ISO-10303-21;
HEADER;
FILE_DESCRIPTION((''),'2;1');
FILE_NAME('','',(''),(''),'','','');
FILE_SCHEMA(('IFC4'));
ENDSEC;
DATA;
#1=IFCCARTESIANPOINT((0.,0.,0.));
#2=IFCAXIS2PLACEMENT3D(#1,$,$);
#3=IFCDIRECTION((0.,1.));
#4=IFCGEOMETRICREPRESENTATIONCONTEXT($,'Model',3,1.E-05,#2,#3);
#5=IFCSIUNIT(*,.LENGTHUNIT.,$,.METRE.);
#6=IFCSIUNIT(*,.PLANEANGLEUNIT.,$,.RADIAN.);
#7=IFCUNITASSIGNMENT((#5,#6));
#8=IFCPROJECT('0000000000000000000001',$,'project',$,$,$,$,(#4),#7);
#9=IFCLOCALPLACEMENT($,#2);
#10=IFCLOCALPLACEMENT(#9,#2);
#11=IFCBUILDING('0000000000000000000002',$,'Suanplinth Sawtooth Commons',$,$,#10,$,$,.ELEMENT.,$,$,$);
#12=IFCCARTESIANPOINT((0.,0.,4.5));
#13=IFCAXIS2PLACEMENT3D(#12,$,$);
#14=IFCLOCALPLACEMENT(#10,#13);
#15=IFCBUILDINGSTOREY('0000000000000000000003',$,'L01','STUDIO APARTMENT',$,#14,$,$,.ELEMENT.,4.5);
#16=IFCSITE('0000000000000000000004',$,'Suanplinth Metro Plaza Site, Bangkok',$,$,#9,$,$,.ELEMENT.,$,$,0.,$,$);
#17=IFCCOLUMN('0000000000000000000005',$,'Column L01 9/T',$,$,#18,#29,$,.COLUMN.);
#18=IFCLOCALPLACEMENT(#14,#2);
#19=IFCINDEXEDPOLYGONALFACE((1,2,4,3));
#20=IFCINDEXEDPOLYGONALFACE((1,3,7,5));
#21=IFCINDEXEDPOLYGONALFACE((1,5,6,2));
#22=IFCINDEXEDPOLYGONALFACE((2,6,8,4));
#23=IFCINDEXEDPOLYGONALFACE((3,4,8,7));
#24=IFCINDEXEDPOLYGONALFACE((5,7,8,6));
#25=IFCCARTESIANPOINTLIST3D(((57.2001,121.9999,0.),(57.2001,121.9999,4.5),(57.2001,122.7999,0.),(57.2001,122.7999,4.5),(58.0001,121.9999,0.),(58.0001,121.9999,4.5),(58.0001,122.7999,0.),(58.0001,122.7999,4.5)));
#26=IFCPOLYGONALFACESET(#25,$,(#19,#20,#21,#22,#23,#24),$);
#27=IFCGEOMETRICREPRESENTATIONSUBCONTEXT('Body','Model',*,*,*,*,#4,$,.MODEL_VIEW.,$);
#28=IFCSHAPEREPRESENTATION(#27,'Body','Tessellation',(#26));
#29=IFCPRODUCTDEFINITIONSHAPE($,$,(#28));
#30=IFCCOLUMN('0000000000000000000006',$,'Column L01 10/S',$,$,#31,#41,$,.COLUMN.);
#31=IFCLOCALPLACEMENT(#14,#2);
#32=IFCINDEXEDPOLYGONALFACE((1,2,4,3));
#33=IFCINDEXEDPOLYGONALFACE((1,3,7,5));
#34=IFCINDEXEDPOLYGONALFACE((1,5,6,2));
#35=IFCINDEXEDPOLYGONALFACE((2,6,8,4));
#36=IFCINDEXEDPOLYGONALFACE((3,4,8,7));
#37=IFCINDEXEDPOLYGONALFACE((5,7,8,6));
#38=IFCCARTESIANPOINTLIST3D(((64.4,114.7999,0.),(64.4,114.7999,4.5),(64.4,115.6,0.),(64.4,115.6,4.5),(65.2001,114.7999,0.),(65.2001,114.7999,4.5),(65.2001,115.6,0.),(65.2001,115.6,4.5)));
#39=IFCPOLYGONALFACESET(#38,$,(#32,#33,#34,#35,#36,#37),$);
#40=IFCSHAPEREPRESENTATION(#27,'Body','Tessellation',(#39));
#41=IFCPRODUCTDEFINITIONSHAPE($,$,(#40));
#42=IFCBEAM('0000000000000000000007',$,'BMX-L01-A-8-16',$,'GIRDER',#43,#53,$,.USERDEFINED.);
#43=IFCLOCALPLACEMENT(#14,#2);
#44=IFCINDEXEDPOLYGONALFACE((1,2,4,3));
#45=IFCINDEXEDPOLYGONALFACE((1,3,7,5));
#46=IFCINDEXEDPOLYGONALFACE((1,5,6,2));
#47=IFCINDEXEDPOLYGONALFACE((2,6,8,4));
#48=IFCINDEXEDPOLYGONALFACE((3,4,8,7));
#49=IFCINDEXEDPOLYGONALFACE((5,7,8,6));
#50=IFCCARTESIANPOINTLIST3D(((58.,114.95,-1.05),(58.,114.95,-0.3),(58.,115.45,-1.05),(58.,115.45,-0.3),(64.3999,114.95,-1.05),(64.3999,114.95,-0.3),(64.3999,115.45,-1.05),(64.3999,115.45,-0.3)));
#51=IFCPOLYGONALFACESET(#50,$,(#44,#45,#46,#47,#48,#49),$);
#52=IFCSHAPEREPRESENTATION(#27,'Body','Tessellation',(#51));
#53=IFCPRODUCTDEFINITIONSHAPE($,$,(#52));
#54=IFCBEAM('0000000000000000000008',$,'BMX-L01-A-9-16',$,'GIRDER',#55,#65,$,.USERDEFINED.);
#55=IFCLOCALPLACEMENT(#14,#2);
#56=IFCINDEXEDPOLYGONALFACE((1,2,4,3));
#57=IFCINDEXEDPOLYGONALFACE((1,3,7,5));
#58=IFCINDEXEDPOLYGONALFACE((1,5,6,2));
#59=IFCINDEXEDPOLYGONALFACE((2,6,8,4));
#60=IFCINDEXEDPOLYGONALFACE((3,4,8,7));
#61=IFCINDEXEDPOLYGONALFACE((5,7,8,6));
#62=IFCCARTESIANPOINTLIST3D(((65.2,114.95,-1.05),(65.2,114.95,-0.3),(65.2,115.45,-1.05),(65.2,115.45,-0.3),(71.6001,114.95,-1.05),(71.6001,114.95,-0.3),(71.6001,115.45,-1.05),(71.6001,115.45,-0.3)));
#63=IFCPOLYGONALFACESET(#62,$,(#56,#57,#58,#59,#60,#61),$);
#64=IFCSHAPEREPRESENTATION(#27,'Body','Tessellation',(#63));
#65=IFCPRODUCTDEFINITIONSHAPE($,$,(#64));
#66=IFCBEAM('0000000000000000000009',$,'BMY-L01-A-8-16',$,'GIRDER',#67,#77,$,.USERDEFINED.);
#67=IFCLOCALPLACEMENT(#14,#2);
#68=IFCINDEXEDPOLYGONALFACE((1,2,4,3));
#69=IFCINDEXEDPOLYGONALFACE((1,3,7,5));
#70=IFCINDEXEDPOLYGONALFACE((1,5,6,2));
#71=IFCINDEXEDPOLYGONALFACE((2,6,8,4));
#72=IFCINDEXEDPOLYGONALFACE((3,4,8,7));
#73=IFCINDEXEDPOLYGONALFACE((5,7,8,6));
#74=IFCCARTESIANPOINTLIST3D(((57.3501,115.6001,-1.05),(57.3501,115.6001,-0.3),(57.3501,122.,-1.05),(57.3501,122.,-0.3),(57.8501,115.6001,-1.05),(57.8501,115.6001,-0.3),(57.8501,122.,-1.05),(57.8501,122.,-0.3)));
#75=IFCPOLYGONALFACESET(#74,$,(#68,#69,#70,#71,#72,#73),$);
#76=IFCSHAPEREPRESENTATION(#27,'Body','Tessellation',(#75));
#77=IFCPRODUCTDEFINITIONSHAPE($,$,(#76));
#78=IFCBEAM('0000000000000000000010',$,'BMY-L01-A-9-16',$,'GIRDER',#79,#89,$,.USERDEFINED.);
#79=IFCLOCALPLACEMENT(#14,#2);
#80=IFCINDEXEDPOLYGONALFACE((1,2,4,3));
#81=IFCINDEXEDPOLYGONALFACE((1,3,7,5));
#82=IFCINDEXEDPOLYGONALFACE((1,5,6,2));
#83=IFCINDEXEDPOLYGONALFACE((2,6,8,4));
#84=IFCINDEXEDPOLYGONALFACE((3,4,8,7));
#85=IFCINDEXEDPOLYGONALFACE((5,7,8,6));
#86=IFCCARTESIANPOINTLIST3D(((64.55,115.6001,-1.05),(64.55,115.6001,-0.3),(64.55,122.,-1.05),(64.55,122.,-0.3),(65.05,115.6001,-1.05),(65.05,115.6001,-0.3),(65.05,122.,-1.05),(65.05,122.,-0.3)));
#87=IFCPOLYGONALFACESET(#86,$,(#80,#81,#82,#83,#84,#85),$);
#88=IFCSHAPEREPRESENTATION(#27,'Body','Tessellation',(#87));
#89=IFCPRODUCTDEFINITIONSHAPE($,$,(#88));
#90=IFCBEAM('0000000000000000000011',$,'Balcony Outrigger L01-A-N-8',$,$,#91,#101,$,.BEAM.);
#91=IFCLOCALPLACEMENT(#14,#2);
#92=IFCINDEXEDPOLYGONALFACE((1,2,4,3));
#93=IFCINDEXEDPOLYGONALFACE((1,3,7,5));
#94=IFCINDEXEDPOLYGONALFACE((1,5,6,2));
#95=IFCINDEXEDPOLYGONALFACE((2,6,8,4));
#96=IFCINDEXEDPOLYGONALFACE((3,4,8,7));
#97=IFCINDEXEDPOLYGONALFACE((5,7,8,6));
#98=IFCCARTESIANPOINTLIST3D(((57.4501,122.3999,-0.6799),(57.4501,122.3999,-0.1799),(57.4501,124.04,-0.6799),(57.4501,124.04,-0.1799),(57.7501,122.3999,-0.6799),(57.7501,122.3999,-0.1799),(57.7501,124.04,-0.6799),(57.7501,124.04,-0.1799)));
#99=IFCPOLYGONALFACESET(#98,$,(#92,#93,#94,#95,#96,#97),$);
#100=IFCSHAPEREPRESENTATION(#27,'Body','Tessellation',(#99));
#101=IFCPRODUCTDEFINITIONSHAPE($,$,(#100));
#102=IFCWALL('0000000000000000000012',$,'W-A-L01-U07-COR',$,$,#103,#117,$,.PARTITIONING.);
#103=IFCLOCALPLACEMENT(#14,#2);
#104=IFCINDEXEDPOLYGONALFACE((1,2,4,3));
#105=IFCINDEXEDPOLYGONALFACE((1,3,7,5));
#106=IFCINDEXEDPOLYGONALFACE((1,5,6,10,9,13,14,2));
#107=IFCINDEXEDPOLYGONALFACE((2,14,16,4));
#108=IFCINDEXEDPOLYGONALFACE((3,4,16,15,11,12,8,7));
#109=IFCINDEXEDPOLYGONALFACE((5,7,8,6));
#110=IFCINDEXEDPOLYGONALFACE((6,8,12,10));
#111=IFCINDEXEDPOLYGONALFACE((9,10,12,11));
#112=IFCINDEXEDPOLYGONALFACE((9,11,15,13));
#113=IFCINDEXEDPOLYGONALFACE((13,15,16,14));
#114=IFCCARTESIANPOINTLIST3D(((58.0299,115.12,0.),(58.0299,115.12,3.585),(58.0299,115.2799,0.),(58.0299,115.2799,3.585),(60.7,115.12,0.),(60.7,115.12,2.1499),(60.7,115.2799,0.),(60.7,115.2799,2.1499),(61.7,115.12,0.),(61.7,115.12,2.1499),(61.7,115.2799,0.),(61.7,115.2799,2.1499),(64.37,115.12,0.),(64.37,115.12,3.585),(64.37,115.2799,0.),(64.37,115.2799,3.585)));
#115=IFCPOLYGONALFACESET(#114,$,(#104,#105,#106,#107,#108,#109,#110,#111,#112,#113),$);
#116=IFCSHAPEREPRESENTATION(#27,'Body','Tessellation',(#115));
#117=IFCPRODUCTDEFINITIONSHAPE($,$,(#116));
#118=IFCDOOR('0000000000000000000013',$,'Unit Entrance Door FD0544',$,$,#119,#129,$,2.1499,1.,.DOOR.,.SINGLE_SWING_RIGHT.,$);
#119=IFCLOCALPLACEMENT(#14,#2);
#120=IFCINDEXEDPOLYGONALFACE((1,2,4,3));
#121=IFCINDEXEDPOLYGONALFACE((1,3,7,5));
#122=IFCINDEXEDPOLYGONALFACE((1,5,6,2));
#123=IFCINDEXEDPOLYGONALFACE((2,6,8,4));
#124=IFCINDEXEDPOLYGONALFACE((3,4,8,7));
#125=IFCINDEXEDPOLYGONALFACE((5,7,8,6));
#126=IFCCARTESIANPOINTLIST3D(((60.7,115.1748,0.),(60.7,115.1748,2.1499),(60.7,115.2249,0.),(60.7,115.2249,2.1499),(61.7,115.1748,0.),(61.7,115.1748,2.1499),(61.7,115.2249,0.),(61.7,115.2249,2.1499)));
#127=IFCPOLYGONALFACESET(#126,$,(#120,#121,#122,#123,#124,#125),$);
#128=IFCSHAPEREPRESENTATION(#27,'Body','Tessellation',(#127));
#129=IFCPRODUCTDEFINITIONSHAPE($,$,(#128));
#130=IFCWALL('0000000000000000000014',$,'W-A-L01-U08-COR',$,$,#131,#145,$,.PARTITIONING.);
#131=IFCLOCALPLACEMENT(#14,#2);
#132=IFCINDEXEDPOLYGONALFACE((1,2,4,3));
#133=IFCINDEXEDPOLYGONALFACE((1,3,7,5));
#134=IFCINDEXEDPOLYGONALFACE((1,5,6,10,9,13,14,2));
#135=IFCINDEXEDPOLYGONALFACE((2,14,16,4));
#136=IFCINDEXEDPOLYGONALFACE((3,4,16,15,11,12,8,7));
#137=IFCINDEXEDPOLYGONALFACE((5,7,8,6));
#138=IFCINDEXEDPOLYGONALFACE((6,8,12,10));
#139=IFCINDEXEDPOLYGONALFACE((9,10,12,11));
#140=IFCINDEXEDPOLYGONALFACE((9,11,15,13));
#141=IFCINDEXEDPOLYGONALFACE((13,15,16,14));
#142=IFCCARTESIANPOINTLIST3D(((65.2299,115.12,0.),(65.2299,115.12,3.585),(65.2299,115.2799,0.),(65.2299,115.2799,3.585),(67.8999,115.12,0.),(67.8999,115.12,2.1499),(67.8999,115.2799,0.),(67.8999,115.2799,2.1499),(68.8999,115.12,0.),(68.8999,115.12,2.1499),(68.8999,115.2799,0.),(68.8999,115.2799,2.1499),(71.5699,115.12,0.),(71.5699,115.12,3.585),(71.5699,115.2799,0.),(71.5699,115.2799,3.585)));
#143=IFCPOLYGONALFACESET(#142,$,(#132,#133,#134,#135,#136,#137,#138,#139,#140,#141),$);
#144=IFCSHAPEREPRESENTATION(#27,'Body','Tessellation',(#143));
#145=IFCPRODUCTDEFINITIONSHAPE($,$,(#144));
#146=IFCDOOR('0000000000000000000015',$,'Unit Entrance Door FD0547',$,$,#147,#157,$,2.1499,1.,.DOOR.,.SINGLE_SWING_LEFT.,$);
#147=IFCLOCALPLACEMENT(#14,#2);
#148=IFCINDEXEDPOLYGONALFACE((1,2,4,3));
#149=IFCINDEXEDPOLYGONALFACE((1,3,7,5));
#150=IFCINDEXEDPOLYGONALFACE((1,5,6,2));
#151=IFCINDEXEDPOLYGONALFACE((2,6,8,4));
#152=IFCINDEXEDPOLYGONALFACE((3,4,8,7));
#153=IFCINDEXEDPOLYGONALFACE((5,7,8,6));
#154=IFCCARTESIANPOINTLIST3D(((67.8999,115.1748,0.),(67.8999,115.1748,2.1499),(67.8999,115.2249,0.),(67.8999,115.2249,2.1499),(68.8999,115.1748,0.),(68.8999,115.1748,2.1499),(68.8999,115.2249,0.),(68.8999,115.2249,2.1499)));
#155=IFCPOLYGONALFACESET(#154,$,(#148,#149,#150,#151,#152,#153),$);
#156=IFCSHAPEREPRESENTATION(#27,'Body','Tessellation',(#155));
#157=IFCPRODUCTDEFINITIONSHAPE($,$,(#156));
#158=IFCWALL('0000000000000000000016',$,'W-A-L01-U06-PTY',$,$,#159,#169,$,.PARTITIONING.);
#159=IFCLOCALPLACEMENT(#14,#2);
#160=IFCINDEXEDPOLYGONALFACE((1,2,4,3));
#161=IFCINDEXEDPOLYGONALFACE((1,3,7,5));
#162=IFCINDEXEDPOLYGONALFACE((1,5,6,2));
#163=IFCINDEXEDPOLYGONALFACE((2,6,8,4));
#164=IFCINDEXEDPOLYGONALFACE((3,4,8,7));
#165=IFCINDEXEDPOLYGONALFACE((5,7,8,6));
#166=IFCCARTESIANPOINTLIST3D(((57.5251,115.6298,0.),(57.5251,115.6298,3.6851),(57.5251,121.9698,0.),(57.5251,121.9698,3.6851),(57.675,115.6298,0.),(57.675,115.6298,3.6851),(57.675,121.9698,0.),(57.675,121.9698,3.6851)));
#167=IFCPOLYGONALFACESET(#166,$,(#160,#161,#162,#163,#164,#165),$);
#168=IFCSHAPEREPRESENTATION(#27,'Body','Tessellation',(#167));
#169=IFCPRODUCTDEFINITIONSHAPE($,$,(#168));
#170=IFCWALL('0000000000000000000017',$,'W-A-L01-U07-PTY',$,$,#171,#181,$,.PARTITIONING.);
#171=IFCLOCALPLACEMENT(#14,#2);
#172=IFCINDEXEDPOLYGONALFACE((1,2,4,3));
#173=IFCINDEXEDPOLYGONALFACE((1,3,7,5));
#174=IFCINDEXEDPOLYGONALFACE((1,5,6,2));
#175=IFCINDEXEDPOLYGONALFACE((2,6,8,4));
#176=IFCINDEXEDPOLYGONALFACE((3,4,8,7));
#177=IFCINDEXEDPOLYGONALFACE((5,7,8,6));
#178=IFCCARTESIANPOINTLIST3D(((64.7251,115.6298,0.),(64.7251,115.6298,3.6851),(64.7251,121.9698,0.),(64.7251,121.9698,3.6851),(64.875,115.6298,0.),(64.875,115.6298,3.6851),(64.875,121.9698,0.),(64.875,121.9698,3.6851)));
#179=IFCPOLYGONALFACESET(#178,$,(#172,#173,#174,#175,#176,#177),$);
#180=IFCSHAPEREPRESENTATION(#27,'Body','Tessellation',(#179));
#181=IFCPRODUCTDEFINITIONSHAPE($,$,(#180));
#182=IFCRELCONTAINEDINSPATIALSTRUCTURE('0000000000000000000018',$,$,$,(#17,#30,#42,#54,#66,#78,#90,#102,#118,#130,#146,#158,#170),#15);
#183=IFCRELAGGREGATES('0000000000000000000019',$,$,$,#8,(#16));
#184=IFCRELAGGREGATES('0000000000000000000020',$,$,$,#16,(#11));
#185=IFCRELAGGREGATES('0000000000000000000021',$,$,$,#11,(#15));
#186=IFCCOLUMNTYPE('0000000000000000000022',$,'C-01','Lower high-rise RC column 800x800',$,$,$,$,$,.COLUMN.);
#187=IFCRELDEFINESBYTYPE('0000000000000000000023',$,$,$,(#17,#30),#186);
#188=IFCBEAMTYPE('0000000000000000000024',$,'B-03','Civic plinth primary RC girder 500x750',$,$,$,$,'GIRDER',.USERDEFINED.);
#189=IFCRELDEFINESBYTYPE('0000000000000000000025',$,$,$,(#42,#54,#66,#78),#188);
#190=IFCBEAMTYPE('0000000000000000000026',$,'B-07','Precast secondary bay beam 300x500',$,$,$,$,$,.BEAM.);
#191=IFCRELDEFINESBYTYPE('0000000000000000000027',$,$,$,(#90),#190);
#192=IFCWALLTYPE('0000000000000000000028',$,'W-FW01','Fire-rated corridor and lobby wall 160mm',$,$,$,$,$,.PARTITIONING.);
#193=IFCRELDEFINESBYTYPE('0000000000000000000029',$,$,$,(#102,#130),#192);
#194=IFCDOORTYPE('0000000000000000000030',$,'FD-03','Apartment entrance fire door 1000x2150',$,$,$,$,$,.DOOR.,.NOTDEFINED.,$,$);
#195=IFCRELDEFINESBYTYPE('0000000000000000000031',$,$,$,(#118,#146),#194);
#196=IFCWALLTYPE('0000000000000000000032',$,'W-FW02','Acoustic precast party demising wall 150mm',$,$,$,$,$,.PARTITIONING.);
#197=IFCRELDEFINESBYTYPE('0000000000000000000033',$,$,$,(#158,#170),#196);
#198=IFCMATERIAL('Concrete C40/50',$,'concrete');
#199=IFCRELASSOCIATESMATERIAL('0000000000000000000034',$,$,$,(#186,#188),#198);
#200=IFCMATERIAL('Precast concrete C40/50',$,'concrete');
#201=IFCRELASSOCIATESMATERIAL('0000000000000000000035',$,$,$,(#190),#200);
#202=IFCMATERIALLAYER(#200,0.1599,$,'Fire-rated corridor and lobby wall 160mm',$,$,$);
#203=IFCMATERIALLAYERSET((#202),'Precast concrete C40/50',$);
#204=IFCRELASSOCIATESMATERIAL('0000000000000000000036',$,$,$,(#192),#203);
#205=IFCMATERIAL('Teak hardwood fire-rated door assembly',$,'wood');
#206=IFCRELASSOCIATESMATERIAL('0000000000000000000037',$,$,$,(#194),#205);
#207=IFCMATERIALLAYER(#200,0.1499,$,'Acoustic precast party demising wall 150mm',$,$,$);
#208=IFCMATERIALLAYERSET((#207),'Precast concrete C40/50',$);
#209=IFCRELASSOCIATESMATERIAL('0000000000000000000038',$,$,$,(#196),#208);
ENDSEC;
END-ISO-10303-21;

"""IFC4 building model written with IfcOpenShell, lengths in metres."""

from ifc_helpers import new_model, si_unit, direction, frame, frame_2d, origin, origin_2d, place, context, subcontext, project, spatial, rectangle, extrude, material, layer, layer_set, material_profile, profile_set, type_object, element, fill, save


model = new_model("IFC4")

# Units and contexts
model_context = context("Model", 3, precision=1e-05, world=origin(), true_north=direction((0.0, 1.0)))
body_context = subcontext(model_context, "Body", "Model", "MODEL_VIEW")
ifc_project = project(units=[si_unit("LENGTHUNIT", "METRE"), si_unit("PLANEANGLEUNIT", "RADIAN")], contexts=[model_context])

# Site, building, storey
site_placement = place(None, origin())
site = spatial("IfcSite", under=ifc_project, at=site_placement, Name="Suanplinth Metro Plaza Site, Bangkok", CompositionType="ELEMENT", RefElevation=0.0)
building_placement = place(site_placement, origin())
building = spatial("IfcBuilding", under=site, at=building_placement, Name="Suanplinth Sawtooth Commons", CompositionType="ELEMENT")
storey_placement = place(building_placement, frame((0.0, 0.0, 4.5)))
storey = spatial("IfcBuildingStorey", under=building, at=storey_placement, Name="L01", Description="STUDIO APARTMENT", CompositionType="ELEMENT", Elevation=4.5)

# Columns
ifc_material_1 = material(Name="Concrete C40/50", Category="concrete")
ifc_material_profile_1 = material_profile(ifc_material_1, rectangle(XDim=0.8, YDim=0.8, at=origin_2d()), Name="RC-COL 800x800")
ifc_profile_set_1 = profile_set([ifc_material_profile_1], Name="Concrete C40/50")
column_type = type_object("IfcColumnType", Name="C-01", Description="Lower high-rise RC column 800x800", PredefinedType="COLUMN", material=ifc_profile_set_1)
for number, where, z_axis, x_axis, name in (
    (1, (57.6001, 122.3999, 0.0), (0.0, 0.0, 1.0), (1.0, 0.0, 0.0), "Column L01 9/T"),
    (2, (64.8, 115.2, 0.0), (0.0, 0.0, 1.0), (1.0, 0.0, 0.0), "Column L01 10/S"),
):
    element("IfcColumn", number, at=place(storey_placement, frame(where, z_axis=z_axis, x_axis=x_axis)), inside=storey, type_object=column_type, Name=name, PredefinedType="COLUMN", context=body_context, shape_type="SweptSolid", body=[
        extrude(rectangle(XDim=0.8, YDim=0.8, at=origin_2d()), origin(), (0.0, 0.0, 1.0), 4.5),
    ])

# Beams
ifc_material_profile_2 = material_profile(ifc_material_1, rectangle(XDim=0.5, YDim=0.75, at=origin_2d()), Name="RC-GDR 500x750")
ifc_profile_set_2 = profile_set([ifc_material_profile_2], Name="Concrete C40/50")
beam_type_1 = type_object("IfcBeamType", Name="B-03", Description="Civic plinth primary RC girder 500x750", ElementType="GIRDER", PredefinedType="USERDEFINED", material=ifc_profile_set_2)
beam_1_placement = place(storey_placement, frame((58.0, 115.2, -0.675), z_axis=(1.0, 0.0, 0.0), x_axis=(0.0, 1.0, 0.0)))
element("IfcBeam", 3, at=beam_1_placement, inside=storey, type_object=beam_type_1, Name="BMX-L01-A-8-16", ObjectType="GIRDER", PredefinedType="USERDEFINED", context=body_context, shape_type="SweptSolid", body=[
    extrude(rectangle(XDim=0.5, YDim=0.75, at=origin_2d()), origin(), (0.0, 0.0, 1.0), 6.3999),
])
beam_2_placement = place(storey_placement, frame((65.2, 115.2, -0.675), z_axis=(1.0, 0.0, 0.0), x_axis=(0.0, 1.0, 0.0)))
element("IfcBeam", 4, at=beam_2_placement, inside=storey, type_object=beam_type_1, Name="BMX-L01-A-9-16", ObjectType="GIRDER", PredefinedType="USERDEFINED", context=body_context, shape_type="SweptSolid", body=[
    extrude(rectangle(XDim=0.5, YDim=0.75, at=origin_2d()), origin(), (0.0, 0.0, 1.0), 6.4001),
])
for number, where, z_axis, x_axis, name in (
    (5, (57.6001, 115.6001, -0.675), (0.0, 1.0, 0.0), (-1.0, 0.0, 0.0), "BMY-L01-A-8-16"),
    (6, (64.8, 115.6001, -0.675), (0.0, 1.0, 0.0), (-1.0, 0.0, 0.0), "BMY-L01-A-9-16"),
):
    element("IfcBeam", number, at=place(storey_placement, frame(where, z_axis=z_axis, x_axis=x_axis)), inside=storey, type_object=beam_type_1, Name=name, ObjectType="GIRDER", PredefinedType="USERDEFINED", context=body_context, shape_type="SweptSolid", body=[
        extrude(rectangle(XDim=0.5, YDim=0.75, at=origin_2d()), origin(), (0.0, 0.0, 1.0), 6.3999),
    ])
ifc_material_2 = material(Name="Precast concrete C40/50", Category="concrete")
ifc_material_profile_3 = material_profile(ifc_material_2, rectangle(XDim=0.3, YDim=0.5, at=origin_2d()), Name="PC-BM 300x500")
ifc_profile_set_3 = profile_set([ifc_material_profile_3], Name="Precast concrete C40/50")
beam_type_2 = type_object("IfcBeamType", Name="B-07", Description="Precast secondary bay beam 300x500", PredefinedType="BEAM", material=ifc_profile_set_3)
beam_3_placement = place(storey_placement, frame((57.6001, 122.3999, -0.4299), z_axis=(0.0, 1.0, 0.0), x_axis=(-1.0, 0.0, 0.0)))
element("IfcBeam", 7, at=beam_3_placement, inside=storey, type_object=beam_type_2, Name="Balcony Outrigger L01-A-N-8", PredefinedType="BEAM", context=body_context, shape_type="SweptSolid", body=[
    extrude(rectangle(XDim=0.3, YDim=0.5, at=origin_2d()), origin(), (0.0, 0.0, 1.0), 1.6401),
])

# Walls, openings, doors
ifc_layer_1 = layer(ifc_material_2, 0.1599, Name="Fire-rated corridor and lobby wall 160mm")
ifc_layer_set_1 = layer_set([ifc_layer_1], Name="Precast concrete C40/50")
wall_type_1 = type_object("IfcWallType", Name="W-FW01", Description="Fire-rated corridor and lobby wall 160mm", PredefinedType="PARTITIONING", material=ifc_layer_set_1)
wall_1_placement = place(storey_placement, frame((58.03, 115.2, 0.0), z_axis=(0.0, 0.0, 1.0), x_axis=(1.0, 0.0, 0.0)))
wall_1 = element("IfcWall", 8, at=wall_1_placement, inside=storey, type_object=wall_type_1, Name="W-A-L01-U07-COR", PredefinedType="PARTITIONING", context=body_context, shape_type="SweptSolid", body=[
    extrude(rectangle(XDim=6.3401, YDim=0.1599, at=frame_2d((3.1699, 0.0))), origin(), (0.0, 0.0, 1.0), 3.585),
])
opening_1_placement = place(wall_1_placement, frame((2.6699, 0.0, 0.0)))
opening_1 = element("IfcOpeningElement", 9, at=opening_1_placement, cuts=wall_1, PredefinedType="OPENING", context=body_context, shape_type="SweptSolid", body=[
    extrude(rectangle(XDim=1.0, YDim=2.1499, at=frame_2d((0.5, 1.075))), frame((0.0, 0.0947, 0.0), z_axis=(0.0, -1.0, 0.0), x_axis=(1.0, 0.0, 0.0)), (0.0, 0.0, 1.0), 0.1897),
])
ifc_material_3 = material(Name="Teak hardwood fire-rated door assembly", Category="wood")
door_type_1 = type_object("IfcDoorType", Name="FD-03", Description="Apartment entrance fire door 1000x2150", OperationType="NOTDEFINED", PredefinedType="DOOR", material=ifc_material_3)
door_1_placement = place(opening_1_placement, origin())
door_1 = element("IfcDoor", 10, at=door_1_placement, inside=storey, type_object=door_type_1, Name="Unit Entrance Door FD0544", OperationType="SINGLE_SWING_RIGHT", OverallHeight=2.1499, OverallWidth=1.0, PredefinedType="DOOR", context=body_context, shape_type="SweptSolid", body=[
    extrude(rectangle(XDim=1.0, YDim=2.1499, at=frame_2d((0.5, 1.075))), frame((0.0, 0.0249, 0.0), z_axis=(0.0, -1.0, 0.0), x_axis=(1.0, 0.0, 0.0)), (0.0, 0.0, 1.0), 0.05),
])
fill(opening_1, door_1)
wall_2_placement = place(storey_placement, frame((65.23, 115.2, 0.0), z_axis=(0.0, 0.0, 1.0), x_axis=(1.0, 0.0, 0.0)))
wall_2 = element("IfcWall", 11, at=wall_2_placement, inside=storey, type_object=wall_type_1, Name="W-A-L01-U08-COR", PredefinedType="PARTITIONING", context=body_context, shape_type="SweptSolid", body=[
    extrude(rectangle(XDim=6.3401, YDim=0.1599, at=frame_2d((3.1699, 0.0))), origin(), (0.0, 0.0, 1.0), 3.585),
])
opening_2_placement = place(wall_2_placement, frame((2.6699, 0.0, 0.0)))
opening_2 = element("IfcOpeningElement", 12, at=opening_2_placement, cuts=wall_2, PredefinedType="OPENING", context=body_context, shape_type="SweptSolid", body=[
    extrude(rectangle(XDim=1.0, YDim=2.1499, at=frame_2d((0.5, 1.075))), frame((0.0, 0.0947, 0.0), z_axis=(0.0, -1.0, 0.0), x_axis=(1.0, 0.0, 0.0)), (0.0, 0.0, 1.0), 0.1897),
])
door_2_placement = place(opening_2_placement, origin())
door_2 = element("IfcDoor", 13, at=door_2_placement, inside=storey, type_object=door_type_1, Name="Unit Entrance Door FD0547", OperationType="SINGLE_SWING_LEFT", OverallHeight=2.1499, OverallWidth=1.0, PredefinedType="DOOR", context=body_context, shape_type="SweptSolid", body=[
    extrude(rectangle(XDim=1.0, YDim=2.1499, at=frame_2d((0.5, 1.075))), frame((0.0, 0.0249, 0.0), z_axis=(0.0, -1.0, 0.0), x_axis=(1.0, 0.0, 0.0)), (0.0, 0.0, 1.0), 0.05),
])
fill(opening_2, door_2)

# Walls
ifc_layer_2 = layer(ifc_material_2, 0.1499, Name="Acoustic precast party demising wall 150mm")
ifc_layer_set_2 = layer_set([ifc_layer_2], Name="Precast concrete C40/50")
wall_type_2 = type_object("IfcWallType", Name="W-FW02", Description="Acoustic precast party demising wall 150mm", PredefinedType="PARTITIONING", material=ifc_layer_set_2)
for number, where, z_axis, x_axis, name in (
    (14, (57.6001, 115.6299, 0.0), (0.0, 0.0, 1.0), (0.0, 1.0, 0.0), "W-A-L01-U06-PTY"),
    (15, (64.8, 115.6299, 0.0), (0.0, 0.0, 1.0), (0.0, 1.0, 0.0), "W-A-L01-U07-PTY"),
):
    element("IfcWall", number, at=place(storey_placement, frame(where, z_axis=z_axis, x_axis=x_axis)), inside=storey, type_object=wall_type_2, Name=name, PredefinedType="PARTITIONING", context=body_context, shape_type="SweptSolid", body=[
        extrude(rectangle(XDim=6.3401, YDim=0.1499, at=frame_2d((3.1699, 0.0))), origin(), (0.0, 0.0, 1.0), 3.6851),
    ])

save(model, "model.ifc")
